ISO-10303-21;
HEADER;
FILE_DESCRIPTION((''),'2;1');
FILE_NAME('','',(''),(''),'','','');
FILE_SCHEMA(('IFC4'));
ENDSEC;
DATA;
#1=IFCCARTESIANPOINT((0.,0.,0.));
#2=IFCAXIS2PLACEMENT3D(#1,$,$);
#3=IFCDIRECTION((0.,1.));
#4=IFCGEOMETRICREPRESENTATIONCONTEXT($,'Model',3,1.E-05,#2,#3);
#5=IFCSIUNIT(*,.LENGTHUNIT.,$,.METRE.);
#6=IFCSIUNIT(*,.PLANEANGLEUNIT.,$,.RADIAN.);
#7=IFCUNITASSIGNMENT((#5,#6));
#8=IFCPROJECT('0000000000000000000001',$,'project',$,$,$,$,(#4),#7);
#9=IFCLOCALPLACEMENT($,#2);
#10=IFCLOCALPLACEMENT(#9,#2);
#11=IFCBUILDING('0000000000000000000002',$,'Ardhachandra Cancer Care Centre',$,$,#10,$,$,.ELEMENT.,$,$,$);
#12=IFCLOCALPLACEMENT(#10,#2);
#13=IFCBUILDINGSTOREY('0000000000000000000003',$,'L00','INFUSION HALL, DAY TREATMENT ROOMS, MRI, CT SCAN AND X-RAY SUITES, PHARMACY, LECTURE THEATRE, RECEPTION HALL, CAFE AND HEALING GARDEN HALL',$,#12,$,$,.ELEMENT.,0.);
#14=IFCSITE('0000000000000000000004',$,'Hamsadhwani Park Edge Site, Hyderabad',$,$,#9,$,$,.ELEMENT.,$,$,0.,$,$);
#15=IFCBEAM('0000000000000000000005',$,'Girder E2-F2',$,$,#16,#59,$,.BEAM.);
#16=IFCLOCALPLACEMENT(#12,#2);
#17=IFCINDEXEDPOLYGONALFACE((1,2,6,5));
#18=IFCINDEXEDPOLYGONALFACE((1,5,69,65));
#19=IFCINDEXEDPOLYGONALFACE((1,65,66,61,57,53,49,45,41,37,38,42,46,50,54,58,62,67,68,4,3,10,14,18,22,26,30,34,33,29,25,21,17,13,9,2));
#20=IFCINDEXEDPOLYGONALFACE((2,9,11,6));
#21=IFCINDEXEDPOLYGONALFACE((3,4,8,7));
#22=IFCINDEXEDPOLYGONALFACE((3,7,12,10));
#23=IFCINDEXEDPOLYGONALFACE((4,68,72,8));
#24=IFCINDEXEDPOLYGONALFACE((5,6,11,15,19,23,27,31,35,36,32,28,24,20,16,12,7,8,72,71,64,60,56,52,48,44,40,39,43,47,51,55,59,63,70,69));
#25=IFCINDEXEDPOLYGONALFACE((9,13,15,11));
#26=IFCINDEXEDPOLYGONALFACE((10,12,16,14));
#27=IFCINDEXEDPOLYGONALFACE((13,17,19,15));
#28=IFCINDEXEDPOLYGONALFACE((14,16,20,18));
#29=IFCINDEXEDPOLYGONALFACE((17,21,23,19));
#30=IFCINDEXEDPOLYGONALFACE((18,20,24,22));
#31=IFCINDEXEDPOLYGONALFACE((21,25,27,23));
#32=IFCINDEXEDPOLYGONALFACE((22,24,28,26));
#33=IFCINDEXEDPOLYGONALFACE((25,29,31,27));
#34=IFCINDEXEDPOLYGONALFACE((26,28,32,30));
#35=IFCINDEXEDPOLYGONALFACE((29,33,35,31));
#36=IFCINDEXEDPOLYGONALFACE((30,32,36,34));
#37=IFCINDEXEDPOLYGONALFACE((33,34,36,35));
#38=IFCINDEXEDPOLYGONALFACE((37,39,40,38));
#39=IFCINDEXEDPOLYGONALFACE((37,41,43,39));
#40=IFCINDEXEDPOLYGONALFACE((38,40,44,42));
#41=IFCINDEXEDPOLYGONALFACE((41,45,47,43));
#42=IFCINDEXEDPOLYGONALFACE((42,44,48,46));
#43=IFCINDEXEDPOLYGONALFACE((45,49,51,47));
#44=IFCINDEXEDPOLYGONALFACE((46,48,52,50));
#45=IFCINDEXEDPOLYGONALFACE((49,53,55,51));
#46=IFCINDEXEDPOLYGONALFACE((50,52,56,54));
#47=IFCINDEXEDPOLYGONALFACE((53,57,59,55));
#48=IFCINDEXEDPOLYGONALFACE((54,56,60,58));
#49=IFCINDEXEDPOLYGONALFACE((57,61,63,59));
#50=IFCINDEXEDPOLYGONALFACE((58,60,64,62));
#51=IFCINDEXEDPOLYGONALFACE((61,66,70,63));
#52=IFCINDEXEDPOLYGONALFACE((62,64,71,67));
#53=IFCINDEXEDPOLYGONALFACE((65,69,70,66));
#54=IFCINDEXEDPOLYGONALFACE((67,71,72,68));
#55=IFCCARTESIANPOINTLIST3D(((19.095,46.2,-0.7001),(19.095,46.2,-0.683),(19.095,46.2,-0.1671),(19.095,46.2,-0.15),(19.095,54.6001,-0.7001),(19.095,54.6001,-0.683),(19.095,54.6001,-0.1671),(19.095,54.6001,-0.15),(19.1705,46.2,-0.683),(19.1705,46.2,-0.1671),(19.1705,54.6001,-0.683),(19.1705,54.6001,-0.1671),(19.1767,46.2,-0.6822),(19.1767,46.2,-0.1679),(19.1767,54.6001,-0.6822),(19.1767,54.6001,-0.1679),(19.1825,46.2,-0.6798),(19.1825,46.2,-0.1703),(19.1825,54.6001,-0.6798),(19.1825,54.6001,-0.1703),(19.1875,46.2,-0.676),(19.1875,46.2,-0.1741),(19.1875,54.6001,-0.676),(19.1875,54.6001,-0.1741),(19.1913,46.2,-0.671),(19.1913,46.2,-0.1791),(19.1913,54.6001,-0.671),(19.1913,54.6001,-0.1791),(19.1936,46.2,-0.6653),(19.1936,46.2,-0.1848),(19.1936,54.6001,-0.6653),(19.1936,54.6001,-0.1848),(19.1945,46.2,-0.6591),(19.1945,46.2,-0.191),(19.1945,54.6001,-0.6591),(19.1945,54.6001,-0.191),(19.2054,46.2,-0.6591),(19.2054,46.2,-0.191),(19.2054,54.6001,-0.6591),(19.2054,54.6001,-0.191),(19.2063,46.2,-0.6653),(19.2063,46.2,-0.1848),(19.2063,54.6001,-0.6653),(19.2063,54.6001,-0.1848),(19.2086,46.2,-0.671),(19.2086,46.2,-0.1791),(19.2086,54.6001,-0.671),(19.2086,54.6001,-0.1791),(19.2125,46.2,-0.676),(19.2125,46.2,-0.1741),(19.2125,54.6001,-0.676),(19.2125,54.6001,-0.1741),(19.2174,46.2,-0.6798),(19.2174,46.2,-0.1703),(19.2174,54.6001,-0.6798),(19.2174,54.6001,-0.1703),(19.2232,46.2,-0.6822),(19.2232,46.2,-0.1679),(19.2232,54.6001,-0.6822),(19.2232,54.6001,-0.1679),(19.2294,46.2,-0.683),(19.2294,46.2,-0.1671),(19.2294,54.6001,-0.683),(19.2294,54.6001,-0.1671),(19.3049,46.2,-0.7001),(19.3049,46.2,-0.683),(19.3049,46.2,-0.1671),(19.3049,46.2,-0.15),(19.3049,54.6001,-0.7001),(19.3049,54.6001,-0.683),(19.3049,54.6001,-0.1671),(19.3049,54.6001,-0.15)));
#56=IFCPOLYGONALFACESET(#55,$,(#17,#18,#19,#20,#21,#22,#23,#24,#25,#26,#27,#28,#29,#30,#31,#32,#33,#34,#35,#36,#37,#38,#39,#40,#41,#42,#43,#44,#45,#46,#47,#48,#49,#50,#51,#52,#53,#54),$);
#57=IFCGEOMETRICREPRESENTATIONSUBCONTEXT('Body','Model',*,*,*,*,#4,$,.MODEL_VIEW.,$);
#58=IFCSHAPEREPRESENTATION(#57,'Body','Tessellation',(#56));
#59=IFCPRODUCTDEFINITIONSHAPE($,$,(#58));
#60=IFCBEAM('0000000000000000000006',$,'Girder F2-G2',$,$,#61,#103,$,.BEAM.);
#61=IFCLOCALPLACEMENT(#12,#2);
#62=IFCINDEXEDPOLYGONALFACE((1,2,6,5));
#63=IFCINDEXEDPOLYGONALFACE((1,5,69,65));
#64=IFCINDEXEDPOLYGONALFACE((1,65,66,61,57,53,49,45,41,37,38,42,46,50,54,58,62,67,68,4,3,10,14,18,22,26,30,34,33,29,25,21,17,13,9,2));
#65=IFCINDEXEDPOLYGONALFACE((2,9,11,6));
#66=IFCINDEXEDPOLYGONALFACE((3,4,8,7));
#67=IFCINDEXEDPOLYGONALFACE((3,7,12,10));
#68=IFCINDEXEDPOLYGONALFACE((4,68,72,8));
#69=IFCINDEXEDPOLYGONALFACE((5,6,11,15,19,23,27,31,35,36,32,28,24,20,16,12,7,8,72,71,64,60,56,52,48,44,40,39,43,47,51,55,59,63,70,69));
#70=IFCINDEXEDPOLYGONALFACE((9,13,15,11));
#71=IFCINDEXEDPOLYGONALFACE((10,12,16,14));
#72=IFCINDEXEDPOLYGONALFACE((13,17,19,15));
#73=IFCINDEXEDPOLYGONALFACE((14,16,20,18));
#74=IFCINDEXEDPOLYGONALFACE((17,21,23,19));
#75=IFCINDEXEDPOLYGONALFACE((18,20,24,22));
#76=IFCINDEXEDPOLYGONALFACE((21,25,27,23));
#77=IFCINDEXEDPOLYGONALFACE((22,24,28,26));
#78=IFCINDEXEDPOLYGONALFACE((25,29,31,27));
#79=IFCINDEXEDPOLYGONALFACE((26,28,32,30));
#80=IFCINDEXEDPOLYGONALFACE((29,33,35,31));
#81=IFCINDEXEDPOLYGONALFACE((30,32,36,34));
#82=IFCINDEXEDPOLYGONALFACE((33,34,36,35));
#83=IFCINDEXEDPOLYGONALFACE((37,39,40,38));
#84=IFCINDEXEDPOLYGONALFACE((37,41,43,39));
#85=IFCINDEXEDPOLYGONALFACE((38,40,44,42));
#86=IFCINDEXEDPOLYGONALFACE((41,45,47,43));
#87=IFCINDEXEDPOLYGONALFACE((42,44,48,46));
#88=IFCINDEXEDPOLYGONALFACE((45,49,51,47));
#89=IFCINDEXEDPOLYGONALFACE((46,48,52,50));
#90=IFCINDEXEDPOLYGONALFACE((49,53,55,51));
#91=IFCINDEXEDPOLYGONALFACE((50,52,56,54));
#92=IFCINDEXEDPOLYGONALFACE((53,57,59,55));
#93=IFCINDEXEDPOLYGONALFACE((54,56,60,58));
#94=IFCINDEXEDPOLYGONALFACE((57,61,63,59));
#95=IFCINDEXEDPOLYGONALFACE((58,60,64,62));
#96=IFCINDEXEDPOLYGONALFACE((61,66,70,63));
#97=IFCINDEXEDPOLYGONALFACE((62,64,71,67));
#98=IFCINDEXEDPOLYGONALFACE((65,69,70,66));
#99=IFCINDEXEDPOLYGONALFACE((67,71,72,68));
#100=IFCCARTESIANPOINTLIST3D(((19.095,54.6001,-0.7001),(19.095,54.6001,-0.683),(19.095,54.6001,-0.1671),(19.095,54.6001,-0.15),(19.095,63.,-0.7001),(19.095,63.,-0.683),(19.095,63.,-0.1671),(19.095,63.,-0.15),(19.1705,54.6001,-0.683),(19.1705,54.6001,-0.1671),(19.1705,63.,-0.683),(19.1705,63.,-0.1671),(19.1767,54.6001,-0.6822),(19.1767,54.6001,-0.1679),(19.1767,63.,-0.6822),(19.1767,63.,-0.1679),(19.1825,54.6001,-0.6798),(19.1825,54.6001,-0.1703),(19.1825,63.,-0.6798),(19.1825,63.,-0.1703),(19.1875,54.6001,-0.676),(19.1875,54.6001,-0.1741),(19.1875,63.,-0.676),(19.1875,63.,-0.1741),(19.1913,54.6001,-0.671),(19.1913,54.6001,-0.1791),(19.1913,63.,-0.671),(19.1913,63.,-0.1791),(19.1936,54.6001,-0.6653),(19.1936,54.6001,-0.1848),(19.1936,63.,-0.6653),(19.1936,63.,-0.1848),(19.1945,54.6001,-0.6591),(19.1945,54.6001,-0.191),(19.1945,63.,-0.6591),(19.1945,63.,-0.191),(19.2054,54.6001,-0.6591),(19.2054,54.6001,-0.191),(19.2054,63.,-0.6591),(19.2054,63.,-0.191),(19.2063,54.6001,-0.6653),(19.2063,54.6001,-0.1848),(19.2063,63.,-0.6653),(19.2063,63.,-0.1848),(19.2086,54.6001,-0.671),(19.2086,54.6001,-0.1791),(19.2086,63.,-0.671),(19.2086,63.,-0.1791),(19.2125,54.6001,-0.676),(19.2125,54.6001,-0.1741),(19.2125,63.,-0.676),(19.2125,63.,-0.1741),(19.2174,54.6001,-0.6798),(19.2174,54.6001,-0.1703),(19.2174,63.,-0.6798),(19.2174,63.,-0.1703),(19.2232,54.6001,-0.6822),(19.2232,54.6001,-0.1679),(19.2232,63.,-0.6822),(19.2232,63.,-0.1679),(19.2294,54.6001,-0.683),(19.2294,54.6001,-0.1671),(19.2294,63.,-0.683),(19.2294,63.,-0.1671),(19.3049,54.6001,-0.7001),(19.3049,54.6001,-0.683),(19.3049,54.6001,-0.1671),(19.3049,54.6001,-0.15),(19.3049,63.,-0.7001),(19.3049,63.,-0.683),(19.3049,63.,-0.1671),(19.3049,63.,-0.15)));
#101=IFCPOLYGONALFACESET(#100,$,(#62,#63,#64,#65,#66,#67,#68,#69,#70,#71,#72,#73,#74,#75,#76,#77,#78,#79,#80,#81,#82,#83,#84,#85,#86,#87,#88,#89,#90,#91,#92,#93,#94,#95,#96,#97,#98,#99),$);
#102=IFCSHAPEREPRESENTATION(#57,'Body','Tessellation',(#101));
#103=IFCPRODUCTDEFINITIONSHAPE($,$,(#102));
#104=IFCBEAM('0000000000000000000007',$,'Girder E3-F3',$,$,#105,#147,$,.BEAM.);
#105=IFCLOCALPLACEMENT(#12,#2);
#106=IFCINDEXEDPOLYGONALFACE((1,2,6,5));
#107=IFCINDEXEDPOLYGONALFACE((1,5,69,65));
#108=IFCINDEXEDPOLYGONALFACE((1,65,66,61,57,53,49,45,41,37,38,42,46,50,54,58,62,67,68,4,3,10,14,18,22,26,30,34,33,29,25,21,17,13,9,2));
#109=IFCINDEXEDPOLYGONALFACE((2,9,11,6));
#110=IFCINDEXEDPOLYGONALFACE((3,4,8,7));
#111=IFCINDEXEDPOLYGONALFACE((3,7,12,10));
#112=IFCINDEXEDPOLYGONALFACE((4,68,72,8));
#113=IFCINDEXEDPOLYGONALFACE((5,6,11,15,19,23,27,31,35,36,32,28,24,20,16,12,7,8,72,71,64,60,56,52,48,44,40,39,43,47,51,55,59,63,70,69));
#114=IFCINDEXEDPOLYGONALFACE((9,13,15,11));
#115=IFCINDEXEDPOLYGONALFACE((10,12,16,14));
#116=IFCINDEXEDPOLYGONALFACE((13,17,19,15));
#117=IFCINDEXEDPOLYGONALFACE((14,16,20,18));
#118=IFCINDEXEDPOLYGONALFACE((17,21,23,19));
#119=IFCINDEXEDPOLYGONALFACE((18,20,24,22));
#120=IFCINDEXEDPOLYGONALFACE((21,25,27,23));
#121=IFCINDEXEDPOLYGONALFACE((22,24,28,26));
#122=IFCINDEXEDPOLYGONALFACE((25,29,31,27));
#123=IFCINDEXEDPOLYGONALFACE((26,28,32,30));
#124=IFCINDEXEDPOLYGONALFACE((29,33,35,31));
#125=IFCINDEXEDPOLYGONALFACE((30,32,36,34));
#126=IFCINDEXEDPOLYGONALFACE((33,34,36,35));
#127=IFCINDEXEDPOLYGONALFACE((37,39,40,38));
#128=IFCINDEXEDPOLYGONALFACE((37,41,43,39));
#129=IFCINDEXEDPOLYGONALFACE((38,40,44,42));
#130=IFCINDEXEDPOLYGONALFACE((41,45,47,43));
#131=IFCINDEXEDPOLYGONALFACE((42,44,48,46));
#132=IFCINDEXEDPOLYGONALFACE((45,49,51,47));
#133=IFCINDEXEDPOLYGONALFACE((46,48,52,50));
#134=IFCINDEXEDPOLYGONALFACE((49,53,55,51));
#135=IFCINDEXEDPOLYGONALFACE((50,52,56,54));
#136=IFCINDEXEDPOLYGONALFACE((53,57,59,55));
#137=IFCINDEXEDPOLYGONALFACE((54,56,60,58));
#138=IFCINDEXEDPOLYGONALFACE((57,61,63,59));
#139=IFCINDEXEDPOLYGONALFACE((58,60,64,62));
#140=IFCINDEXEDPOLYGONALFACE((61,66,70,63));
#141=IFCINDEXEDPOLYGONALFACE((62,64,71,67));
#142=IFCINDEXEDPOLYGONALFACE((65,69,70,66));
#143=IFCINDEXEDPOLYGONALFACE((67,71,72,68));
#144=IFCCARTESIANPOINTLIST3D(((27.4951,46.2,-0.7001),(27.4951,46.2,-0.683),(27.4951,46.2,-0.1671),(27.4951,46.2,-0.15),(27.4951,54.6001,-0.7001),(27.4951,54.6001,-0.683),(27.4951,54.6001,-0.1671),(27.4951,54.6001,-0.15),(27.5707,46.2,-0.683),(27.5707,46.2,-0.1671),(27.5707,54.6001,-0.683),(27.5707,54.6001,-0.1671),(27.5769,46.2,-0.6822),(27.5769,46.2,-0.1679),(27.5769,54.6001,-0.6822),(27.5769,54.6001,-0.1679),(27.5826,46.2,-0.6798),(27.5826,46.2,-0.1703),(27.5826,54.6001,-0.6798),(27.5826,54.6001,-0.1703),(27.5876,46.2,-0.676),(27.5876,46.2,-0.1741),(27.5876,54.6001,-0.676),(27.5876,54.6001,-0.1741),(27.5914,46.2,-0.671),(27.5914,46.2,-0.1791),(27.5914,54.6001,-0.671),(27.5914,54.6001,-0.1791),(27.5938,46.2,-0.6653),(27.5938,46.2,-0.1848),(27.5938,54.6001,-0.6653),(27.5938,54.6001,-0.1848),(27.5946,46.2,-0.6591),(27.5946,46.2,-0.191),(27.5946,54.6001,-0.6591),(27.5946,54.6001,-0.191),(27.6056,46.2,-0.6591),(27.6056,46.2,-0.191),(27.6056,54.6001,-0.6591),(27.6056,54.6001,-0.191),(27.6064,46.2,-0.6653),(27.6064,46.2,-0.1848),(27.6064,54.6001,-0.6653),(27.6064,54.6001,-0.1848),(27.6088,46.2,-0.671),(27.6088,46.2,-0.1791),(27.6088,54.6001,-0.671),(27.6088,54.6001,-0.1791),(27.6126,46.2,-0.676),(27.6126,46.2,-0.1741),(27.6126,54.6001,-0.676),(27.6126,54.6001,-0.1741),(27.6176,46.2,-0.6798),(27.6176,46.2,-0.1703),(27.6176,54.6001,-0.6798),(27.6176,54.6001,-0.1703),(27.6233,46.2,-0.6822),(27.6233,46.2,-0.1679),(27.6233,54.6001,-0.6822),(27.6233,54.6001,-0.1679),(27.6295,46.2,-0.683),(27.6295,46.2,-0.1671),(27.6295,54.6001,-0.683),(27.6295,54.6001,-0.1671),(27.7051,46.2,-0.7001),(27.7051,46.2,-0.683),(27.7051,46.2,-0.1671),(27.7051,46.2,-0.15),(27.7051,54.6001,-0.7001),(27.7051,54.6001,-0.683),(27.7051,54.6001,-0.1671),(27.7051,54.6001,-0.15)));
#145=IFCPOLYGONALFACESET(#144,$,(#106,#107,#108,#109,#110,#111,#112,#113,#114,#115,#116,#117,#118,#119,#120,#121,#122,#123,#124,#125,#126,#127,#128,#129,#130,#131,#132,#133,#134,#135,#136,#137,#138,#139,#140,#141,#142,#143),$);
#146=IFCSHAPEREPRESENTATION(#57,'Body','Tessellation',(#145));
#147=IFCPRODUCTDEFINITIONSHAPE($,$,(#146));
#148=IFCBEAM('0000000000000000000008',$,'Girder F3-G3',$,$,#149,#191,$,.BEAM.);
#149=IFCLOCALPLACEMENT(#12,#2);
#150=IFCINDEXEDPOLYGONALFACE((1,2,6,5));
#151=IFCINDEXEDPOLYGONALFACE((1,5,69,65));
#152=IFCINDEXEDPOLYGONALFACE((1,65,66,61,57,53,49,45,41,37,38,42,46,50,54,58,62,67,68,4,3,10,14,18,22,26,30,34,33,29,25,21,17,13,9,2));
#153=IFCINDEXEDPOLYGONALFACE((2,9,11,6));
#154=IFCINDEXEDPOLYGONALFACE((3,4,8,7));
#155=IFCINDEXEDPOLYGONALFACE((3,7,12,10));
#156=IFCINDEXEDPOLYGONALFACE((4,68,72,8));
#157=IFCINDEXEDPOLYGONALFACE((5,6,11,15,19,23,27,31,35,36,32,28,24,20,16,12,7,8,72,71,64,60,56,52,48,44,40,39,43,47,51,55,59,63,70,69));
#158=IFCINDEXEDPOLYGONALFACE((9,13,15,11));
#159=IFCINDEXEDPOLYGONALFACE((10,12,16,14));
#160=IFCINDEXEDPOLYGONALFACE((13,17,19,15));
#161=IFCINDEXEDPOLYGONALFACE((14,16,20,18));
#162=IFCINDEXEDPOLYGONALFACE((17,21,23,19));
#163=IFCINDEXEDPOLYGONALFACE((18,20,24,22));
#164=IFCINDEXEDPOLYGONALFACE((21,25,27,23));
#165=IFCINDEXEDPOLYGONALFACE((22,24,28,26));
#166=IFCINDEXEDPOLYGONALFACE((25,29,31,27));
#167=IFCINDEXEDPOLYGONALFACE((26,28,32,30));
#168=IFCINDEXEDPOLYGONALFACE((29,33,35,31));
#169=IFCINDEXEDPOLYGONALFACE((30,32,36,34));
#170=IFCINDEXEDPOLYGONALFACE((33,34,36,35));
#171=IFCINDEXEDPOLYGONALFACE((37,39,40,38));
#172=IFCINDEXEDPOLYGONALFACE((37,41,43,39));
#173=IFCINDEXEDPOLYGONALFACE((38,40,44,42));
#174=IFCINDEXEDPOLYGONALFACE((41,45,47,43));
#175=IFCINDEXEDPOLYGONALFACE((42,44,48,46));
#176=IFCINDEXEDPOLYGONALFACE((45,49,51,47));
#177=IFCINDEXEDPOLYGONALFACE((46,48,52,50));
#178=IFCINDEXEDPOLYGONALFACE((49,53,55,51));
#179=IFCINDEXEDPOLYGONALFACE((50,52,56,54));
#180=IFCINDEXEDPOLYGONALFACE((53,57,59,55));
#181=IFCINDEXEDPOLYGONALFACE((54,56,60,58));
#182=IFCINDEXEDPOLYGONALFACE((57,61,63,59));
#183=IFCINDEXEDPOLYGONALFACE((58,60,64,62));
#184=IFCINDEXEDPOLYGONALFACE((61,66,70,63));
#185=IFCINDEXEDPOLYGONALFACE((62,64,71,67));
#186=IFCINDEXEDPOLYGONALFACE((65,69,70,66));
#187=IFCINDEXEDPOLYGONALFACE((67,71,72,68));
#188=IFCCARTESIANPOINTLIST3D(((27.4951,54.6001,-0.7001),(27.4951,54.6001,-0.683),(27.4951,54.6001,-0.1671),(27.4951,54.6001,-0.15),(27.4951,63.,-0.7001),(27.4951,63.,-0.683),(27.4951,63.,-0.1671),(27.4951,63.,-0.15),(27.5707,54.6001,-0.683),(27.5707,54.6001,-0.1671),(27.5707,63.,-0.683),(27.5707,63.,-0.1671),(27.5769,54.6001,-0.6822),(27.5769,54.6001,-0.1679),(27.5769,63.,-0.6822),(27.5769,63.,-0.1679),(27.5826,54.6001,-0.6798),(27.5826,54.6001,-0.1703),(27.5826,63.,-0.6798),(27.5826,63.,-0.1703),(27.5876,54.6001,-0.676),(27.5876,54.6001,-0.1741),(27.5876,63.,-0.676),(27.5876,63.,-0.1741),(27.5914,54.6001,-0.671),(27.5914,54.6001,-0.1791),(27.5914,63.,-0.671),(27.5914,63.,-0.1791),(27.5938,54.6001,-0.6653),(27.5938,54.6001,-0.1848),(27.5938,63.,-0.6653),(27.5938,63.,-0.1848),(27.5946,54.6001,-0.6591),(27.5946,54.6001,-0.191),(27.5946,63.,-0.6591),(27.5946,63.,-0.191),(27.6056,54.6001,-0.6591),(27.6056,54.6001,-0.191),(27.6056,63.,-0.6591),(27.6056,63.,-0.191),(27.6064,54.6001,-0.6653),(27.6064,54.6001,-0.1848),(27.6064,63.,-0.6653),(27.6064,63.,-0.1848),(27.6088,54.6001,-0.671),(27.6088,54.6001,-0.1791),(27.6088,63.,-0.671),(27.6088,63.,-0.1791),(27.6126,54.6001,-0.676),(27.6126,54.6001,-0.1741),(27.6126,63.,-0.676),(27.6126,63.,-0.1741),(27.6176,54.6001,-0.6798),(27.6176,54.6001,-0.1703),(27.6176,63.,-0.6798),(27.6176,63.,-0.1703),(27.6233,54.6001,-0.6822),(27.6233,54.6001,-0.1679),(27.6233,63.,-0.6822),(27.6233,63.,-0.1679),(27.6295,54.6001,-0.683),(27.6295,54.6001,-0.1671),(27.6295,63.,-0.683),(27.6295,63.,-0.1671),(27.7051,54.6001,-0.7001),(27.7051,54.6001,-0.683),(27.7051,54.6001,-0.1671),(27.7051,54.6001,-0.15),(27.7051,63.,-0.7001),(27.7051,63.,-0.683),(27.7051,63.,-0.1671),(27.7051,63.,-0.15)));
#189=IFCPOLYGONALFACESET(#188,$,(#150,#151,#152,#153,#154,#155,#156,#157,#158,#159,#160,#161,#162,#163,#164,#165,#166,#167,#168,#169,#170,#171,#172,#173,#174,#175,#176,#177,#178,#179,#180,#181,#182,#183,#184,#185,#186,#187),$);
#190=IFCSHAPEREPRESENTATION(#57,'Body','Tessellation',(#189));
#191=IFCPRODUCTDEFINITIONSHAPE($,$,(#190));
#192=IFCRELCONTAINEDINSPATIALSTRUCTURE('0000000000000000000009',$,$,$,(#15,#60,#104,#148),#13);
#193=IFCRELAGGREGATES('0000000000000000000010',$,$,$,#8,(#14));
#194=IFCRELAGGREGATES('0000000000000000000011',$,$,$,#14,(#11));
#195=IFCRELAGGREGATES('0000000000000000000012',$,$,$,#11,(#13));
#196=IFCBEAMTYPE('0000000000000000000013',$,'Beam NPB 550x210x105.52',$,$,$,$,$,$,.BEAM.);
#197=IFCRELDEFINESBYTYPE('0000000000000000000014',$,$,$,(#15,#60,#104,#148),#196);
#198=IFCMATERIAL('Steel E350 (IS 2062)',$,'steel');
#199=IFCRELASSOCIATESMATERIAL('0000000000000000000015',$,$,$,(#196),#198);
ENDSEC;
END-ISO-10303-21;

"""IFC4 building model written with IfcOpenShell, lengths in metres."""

from ifc_helpers import new_model, si_unit, direction, frame, origin, origin_2d, place, context, subcontext, project, spatial, i_section, extrude, material, material_profile, profile_set, type_object, element, save


model = new_model("IFC4")

# Units and contexts
model_context = context("Model", 3, precision=1e-05, world=origin(), true_north=direction((0.0, 1.0)))
body_context = subcontext(model_context, "Body", "Model", "MODEL_VIEW")
ifc_project = project(units=[si_unit("LENGTHUNIT", "METRE"), si_unit("PLANEANGLEUNIT", "RADIAN")], contexts=[model_context])

# Site, building, storey
site_placement = place(None, origin())
site = spatial("IfcSite", under=ifc_project, at=site_placement, Name="Hamsadhwani Park Edge Site, Hyderabad", CompositionType="ELEMENT", RefElevation=0.0)
building_placement = place(site_placement, origin())
building = spatial("IfcBuilding", under=site, at=building_placement, Name="Ardhachandra Cancer Care Centre", CompositionType="ELEMENT")
storey_placement = place(building_placement, origin())
storey = spatial("IfcBuildingStorey", under=building, at=storey_placement, Name="L00", Description="INFUSION HALL, DAY TREATMENT ROOMS, MRI, CT SCAN AND X-RAY SUITES, PHARMACY, LECTURE THEATRE, RECEPTION HALL, CAFE AND HEALING GARDEN HALL", CompositionType="ELEMENT", Elevation=0.0)

# Beams
ifc_material_1 = material(Name="Steel E350 (IS 2062)", Category="steel")
ifc_material_profile_1 = material_profile(ifc_material_1, i_section(OverallWidth=0.21, OverallDepth=0.55, WebThickness=0.011, FlangeThickness=0.0171, FilletRadius=0.0239, at=origin_2d()), Name="NPB 550x210x105.52")
ifc_profile_set_1 = profile_set([ifc_material_profile_1], Name="Steel E350 (IS 2062)")
beam_type_1 = type_object("IfcBeamType", Name="Beam NPB 550x210x105.52", PredefinedType="BEAM", material=ifc_profile_set_1)
beam_1_placement = place(storey_placement, frame((19.2, 46.2, -0.425), z_axis=(0.0, 1.0, 0.0), x_axis=(-1.0, 0.0, 0.0)))
element("IfcBeam", 1, at=beam_1_placement, inside=storey, type_object=beam_type_1, Name="Girder E2-F2", PredefinedType="BEAM", context=body_context, shape_type="SweptSolid", body=[
    extrude(i_section(OverallWidth=0.21, OverallDepth=0.55, WebThickness=0.011, FlangeThickness=0.0171, FilletRadius=0.0239, at=origin_2d()), origin(), (0.0, 0.0, 1.0), 8.4001),
])
beam_2_placement = place(storey_placement, frame((19.2, 54.6001, -0.425), z_axis=(0.0, 1.0, 0.0), x_axis=(-1.0, 0.0, 0.0)))
element("IfcBeam", 2, at=beam_2_placement, inside=storey, type_object=beam_type_1, Name="Girder F2-G2", PredefinedType="BEAM", context=body_context, shape_type="SweptSolid", body=[
    extrude(i_section(OverallWidth=0.21, OverallDepth=0.55, WebThickness=0.011, FlangeThickness=0.0171, FilletRadius=0.0239, at=origin_2d()), origin(), (0.0, 0.0, 1.0), 8.3999),
])
beam_3_placement = place(storey_placement, frame((27.6001, 46.2, -0.425), z_axis=(0.0, 1.0, 0.0), x_axis=(-1.0, 0.0, 0.0)))
element("IfcBeam", 3, at=beam_3_placement, inside=storey, type_object=beam_type_1, Name="Girder E3-F3", PredefinedType="BEAM", context=body_context, shape_type="SweptSolid", body=[
    extrude(i_section(OverallWidth=0.21, OverallDepth=0.55, WebThickness=0.011, FlangeThickness=0.0171, FilletRadius=0.0239, at=origin_2d()), origin(), (0.0, 0.0, 1.0), 8.4001),
])
beam_4_placement = place(storey_placement, frame((27.6001, 54.6001, -0.425), z_axis=(0.0, 1.0, 0.0), x_axis=(-1.0, 0.0, 0.0)))
element("IfcBeam", 4, at=beam_4_placement, inside=storey, type_object=beam_type_1, Name="Girder F3-G3", PredefinedType="BEAM", context=body_context, shape_type="SweptSolid", body=[
    extrude(i_section(OverallWidth=0.21, OverallDepth=0.55, WebThickness=0.011, FlangeThickness=0.0171, FilletRadius=0.0239, at=origin_2d()), origin(), (0.0, 0.0, 1.0), 8.3999),
])

save(model, "model.ifc")
